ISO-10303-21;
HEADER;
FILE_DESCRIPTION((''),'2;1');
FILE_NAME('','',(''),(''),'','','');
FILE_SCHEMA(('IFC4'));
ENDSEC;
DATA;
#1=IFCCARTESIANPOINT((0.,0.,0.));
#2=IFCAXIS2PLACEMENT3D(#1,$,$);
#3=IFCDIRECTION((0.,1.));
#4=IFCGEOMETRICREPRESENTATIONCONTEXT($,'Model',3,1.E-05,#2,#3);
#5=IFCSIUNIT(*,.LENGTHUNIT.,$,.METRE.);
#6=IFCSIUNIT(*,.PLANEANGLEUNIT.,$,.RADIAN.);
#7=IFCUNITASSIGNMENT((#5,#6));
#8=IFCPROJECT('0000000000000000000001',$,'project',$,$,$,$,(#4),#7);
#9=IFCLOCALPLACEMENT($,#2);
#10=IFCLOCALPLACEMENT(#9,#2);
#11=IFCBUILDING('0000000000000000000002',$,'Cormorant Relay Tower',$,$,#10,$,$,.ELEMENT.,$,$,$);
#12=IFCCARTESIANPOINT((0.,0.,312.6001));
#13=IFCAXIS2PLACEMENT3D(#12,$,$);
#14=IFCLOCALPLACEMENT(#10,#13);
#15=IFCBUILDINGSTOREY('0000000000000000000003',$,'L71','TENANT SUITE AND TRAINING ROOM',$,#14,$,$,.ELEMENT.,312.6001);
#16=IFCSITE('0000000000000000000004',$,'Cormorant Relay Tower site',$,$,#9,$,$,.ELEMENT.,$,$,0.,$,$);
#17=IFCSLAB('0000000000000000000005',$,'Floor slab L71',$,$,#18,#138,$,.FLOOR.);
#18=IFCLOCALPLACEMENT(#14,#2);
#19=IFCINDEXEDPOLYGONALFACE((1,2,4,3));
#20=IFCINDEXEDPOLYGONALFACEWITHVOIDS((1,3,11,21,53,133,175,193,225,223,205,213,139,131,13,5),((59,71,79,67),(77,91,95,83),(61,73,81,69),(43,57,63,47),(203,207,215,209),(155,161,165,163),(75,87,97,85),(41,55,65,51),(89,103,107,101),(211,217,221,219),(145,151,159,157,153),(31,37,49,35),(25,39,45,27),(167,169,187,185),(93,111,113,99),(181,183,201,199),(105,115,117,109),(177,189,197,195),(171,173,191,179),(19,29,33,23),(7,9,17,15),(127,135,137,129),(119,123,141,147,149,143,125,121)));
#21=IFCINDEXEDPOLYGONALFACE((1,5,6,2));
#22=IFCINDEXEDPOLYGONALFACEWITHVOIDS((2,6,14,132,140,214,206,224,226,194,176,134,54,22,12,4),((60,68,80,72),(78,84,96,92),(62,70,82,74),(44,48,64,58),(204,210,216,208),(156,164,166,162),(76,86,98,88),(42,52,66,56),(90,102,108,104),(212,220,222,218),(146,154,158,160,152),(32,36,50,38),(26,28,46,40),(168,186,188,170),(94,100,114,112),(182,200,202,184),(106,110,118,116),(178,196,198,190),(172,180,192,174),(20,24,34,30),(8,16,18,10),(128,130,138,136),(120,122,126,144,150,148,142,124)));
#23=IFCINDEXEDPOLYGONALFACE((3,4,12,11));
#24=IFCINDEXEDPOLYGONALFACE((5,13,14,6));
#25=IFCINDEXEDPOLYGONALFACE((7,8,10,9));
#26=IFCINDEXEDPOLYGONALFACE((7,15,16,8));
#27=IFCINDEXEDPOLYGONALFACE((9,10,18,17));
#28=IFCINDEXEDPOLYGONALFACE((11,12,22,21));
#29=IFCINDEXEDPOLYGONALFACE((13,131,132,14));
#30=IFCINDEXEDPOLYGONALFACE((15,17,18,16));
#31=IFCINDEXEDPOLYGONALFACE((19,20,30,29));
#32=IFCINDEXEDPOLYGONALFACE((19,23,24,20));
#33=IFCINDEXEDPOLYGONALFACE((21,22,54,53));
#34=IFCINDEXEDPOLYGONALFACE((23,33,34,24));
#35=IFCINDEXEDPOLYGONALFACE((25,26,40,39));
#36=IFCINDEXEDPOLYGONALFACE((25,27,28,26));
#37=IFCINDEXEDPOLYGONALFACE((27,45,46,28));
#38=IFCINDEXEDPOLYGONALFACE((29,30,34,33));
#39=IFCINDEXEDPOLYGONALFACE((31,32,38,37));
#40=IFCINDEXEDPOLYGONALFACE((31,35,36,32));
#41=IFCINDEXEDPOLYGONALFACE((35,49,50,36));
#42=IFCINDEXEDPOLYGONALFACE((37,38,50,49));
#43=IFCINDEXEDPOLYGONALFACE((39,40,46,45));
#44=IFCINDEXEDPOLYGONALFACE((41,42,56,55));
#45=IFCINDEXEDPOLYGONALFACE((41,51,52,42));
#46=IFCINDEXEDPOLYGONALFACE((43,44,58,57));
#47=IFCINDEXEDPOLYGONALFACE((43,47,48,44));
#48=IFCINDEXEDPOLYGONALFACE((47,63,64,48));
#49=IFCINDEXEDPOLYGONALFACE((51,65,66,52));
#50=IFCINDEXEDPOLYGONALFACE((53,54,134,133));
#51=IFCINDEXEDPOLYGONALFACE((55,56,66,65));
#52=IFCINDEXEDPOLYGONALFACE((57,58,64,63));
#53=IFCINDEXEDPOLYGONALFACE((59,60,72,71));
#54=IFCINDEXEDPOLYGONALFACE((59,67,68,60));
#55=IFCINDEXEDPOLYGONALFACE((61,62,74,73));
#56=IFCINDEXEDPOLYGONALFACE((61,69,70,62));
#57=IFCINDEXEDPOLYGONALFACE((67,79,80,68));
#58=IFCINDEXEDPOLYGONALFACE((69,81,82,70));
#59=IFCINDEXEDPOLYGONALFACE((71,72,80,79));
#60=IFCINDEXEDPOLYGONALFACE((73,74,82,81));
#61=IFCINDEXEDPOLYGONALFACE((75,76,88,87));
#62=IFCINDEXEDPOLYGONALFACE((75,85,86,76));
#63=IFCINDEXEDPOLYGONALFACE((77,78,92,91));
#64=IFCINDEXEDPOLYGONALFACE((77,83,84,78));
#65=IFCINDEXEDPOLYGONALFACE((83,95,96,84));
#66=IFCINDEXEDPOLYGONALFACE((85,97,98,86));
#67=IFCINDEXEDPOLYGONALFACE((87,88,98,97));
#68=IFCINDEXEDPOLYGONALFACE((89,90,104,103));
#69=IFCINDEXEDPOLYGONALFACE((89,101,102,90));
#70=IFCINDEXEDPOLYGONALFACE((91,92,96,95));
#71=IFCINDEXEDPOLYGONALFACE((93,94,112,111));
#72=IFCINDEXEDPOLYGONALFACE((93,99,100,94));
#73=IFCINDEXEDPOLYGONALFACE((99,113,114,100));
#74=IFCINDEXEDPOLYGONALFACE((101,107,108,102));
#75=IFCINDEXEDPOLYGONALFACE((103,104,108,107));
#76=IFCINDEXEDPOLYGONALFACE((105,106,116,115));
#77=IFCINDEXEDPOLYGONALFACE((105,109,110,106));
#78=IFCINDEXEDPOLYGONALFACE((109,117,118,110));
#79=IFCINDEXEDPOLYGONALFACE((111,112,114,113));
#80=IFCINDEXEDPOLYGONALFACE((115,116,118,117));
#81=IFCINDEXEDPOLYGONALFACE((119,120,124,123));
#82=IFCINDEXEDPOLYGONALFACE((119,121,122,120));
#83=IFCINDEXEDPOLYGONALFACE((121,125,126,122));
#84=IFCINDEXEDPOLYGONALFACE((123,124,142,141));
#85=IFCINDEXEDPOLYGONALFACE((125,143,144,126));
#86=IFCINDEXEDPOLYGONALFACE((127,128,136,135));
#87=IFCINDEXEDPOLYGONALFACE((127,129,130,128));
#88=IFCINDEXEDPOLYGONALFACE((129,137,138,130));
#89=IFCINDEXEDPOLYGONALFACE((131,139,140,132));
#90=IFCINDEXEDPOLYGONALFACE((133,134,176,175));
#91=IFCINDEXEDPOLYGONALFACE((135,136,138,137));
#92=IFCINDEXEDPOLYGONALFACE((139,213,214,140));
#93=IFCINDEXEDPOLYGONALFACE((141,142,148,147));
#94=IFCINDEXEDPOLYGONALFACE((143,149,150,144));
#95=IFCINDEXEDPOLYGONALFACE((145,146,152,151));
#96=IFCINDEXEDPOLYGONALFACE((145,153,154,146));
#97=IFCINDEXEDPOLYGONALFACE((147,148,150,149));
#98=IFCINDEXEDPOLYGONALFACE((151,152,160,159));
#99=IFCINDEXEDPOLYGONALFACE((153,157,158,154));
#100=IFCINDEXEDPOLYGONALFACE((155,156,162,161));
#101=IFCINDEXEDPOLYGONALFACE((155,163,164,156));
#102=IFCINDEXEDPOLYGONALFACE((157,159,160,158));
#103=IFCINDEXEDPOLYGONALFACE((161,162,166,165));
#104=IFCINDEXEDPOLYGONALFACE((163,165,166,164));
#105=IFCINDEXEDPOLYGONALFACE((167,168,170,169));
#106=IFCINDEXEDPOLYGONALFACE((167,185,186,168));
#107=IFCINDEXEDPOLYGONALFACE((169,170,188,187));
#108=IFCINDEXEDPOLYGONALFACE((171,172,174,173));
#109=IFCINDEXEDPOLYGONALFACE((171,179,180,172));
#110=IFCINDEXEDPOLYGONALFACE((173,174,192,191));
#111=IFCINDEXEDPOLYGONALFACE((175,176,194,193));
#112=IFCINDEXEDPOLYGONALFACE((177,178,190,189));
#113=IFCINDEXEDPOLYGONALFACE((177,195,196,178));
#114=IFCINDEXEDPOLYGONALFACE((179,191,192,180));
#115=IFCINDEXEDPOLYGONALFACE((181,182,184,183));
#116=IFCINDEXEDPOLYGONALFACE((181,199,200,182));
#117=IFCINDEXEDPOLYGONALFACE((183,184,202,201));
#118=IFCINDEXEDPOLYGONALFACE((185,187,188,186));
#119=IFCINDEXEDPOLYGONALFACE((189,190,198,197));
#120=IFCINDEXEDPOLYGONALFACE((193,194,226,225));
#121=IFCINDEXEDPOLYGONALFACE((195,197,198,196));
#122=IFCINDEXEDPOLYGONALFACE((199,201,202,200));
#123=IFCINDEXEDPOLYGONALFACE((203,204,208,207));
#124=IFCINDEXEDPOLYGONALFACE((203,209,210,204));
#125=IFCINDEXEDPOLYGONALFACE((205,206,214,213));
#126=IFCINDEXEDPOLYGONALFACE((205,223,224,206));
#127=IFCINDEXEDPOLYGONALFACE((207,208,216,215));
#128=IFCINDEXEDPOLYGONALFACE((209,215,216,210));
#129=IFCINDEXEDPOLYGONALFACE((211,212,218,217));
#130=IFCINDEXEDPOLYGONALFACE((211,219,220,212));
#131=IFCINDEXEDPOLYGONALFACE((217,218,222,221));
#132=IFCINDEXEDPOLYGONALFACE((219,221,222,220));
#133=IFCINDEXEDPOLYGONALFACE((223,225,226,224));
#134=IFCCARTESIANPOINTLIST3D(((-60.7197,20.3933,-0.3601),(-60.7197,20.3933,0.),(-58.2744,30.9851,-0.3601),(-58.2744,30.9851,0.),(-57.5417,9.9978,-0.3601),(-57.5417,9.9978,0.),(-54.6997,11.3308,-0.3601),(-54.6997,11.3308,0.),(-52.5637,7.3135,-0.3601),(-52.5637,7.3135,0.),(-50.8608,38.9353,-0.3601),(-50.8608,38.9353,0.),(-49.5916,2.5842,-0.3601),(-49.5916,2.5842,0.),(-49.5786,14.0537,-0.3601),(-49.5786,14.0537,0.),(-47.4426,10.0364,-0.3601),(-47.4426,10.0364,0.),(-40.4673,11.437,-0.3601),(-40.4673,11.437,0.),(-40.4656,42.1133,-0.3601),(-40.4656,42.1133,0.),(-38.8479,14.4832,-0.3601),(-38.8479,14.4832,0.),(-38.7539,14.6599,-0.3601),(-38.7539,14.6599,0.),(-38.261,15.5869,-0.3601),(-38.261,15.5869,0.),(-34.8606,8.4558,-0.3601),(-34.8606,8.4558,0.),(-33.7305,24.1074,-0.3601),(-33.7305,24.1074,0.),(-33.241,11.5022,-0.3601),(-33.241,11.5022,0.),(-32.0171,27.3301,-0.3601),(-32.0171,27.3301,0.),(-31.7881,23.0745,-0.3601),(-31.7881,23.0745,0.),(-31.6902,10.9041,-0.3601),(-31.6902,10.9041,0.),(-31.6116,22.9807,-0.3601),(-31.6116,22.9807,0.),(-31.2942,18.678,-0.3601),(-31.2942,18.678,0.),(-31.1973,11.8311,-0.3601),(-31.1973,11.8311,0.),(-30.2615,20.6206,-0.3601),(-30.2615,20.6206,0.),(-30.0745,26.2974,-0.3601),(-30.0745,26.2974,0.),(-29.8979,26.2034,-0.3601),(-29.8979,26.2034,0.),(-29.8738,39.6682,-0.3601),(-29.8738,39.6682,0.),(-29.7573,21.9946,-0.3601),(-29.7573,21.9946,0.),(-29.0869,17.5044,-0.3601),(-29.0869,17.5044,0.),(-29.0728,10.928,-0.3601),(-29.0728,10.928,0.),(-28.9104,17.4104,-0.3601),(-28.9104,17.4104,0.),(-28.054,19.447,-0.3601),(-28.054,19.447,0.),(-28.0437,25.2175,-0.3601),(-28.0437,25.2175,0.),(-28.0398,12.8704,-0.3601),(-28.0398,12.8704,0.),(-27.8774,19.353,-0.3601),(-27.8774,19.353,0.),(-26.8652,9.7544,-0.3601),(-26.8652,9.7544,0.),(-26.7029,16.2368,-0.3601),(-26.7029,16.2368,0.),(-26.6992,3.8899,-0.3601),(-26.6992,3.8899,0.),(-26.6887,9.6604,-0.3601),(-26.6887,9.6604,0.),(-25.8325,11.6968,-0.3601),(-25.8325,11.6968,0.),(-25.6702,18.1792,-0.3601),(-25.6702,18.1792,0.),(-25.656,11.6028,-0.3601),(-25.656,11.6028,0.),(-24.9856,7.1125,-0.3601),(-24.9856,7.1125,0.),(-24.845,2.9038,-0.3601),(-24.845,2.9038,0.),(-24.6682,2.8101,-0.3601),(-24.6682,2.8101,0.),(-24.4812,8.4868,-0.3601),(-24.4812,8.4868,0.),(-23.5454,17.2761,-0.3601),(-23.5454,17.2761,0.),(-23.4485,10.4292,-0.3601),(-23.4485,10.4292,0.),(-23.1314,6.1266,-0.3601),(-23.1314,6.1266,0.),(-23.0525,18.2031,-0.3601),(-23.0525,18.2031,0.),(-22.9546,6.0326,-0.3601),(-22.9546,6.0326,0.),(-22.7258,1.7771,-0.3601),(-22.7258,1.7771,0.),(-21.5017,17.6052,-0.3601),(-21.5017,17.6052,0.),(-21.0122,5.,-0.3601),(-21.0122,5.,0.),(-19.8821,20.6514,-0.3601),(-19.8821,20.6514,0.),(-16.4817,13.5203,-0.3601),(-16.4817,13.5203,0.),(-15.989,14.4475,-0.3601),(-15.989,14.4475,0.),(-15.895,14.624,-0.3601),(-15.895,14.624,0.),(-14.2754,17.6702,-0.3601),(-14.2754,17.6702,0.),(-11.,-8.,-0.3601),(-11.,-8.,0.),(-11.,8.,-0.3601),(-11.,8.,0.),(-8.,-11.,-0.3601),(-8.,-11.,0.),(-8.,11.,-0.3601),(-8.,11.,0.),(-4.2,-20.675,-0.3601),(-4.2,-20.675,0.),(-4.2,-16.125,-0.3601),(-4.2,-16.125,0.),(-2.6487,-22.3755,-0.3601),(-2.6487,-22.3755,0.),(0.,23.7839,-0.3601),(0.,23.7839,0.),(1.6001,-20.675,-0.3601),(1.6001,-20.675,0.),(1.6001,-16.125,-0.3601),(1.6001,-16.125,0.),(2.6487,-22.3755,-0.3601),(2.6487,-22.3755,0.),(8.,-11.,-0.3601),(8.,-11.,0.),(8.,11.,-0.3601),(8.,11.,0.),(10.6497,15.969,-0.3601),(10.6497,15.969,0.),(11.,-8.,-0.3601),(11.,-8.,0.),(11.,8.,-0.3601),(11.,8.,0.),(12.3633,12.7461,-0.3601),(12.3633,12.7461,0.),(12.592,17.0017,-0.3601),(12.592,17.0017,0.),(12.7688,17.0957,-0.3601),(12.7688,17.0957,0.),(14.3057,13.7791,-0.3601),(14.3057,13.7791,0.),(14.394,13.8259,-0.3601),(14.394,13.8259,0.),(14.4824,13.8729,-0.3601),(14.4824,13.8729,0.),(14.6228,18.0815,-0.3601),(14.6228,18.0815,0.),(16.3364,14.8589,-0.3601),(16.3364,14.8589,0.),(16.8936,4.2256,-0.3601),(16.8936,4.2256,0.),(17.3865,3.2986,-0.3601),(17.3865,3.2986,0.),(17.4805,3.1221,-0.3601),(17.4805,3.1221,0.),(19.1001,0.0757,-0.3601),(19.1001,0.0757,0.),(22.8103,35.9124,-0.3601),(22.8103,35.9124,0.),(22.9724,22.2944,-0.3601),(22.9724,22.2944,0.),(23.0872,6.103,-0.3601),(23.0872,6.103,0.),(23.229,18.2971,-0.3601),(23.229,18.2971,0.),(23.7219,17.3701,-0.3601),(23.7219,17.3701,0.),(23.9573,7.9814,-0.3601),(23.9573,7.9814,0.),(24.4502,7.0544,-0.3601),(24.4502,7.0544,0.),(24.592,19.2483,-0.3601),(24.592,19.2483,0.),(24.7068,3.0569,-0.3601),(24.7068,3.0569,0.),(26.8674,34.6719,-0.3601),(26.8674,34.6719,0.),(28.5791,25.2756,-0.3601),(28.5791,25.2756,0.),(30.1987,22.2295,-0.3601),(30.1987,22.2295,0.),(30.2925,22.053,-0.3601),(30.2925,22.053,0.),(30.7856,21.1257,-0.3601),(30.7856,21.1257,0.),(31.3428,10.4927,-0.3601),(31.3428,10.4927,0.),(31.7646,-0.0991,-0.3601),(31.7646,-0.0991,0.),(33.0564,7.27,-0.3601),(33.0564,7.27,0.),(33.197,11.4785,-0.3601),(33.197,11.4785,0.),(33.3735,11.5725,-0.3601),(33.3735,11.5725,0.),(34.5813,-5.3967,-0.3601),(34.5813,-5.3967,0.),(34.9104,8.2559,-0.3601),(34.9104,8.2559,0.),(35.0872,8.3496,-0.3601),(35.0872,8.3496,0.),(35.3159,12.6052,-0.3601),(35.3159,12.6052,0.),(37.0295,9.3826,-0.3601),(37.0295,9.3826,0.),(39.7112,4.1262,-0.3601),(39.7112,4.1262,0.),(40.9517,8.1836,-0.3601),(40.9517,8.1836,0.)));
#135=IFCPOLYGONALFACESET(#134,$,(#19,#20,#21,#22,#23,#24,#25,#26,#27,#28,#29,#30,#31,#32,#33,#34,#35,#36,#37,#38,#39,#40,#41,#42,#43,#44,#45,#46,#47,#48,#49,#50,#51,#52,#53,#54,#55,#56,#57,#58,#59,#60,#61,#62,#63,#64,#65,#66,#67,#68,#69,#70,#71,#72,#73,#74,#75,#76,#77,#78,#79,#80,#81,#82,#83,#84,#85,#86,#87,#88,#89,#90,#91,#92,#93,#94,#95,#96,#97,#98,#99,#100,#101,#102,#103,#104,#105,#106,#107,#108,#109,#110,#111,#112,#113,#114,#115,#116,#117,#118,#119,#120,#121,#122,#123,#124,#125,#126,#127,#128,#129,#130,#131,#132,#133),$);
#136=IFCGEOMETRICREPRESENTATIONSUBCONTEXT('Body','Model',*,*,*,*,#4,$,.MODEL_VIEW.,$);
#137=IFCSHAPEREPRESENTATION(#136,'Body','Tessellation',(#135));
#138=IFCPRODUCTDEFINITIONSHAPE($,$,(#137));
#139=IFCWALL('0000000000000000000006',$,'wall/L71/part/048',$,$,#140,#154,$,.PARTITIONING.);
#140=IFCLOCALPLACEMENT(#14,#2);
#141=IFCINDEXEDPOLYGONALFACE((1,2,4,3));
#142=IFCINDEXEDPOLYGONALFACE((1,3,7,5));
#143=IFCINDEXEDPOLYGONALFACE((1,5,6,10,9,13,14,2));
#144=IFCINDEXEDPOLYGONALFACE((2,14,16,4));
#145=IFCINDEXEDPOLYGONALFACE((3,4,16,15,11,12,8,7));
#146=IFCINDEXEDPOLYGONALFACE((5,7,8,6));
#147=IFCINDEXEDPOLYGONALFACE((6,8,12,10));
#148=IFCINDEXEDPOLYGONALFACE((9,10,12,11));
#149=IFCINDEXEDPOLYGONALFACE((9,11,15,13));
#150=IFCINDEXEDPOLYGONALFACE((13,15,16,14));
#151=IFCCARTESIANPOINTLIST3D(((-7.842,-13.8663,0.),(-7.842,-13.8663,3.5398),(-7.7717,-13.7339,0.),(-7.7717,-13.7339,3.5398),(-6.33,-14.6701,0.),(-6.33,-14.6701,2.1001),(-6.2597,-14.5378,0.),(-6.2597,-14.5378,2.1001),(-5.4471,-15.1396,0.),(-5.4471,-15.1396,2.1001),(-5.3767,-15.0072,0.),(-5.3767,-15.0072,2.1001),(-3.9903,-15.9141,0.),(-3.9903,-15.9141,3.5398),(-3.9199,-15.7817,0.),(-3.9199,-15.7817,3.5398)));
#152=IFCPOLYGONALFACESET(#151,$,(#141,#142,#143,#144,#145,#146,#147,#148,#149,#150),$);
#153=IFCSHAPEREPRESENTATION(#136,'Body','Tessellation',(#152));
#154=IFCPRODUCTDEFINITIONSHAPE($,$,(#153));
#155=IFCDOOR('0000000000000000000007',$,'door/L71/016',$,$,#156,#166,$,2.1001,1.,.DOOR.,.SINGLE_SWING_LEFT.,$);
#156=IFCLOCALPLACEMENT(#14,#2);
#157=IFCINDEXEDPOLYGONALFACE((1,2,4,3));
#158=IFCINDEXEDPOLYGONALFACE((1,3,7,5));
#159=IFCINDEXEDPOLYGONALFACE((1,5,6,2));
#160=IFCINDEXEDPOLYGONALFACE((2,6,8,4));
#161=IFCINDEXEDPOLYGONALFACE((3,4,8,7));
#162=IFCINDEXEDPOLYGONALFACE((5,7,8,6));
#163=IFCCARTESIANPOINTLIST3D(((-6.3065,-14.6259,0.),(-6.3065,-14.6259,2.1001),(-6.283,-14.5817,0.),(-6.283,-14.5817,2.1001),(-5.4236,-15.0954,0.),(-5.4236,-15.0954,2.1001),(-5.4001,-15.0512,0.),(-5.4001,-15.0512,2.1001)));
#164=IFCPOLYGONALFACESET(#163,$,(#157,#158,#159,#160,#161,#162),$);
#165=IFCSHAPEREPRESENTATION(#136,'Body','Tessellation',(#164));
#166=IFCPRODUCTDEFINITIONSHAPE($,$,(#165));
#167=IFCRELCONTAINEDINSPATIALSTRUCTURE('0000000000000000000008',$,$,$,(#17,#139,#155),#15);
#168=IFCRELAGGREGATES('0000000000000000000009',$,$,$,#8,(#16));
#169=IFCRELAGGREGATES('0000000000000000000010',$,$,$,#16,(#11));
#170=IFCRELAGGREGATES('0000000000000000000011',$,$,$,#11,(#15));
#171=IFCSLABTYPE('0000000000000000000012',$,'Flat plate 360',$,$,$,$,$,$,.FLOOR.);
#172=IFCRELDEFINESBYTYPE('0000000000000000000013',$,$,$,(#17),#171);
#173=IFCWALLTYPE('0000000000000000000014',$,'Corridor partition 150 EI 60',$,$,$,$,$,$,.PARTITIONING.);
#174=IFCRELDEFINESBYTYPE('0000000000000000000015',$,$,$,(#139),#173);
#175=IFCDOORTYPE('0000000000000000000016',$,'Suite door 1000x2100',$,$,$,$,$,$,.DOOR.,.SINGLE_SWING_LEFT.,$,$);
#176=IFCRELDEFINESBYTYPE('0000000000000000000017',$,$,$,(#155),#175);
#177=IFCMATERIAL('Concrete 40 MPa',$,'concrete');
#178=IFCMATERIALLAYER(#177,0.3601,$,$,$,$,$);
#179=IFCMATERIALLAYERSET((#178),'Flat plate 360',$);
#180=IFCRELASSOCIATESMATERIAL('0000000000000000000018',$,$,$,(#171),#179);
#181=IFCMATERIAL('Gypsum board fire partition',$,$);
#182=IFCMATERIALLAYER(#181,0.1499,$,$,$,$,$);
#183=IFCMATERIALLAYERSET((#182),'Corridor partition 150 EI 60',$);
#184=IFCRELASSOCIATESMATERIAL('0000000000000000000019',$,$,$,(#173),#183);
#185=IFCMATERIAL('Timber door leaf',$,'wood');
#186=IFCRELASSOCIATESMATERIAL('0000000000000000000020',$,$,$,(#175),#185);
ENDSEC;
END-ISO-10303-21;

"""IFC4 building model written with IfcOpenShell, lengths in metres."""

from ifc_helpers import new_model, si_unit, direction, frame, frame_2d, origin, place, context, subcontext, project, spatial, polyline, rectangle, outline, extrude, material, layer, layer_set, type_object, element, fill, save


model = new_model("IFC4")

# Units and contexts
model_context = context("Model", 3, precision=1e-05, world=origin(), true_north=direction((0.0, 1.0)))
body_context = subcontext(model_context, "Body", "Model", "MODEL_VIEW")
ifc_project = project(units=[si_unit("LENGTHUNIT", "METRE"), si_unit("PLANEANGLEUNIT", "RADIAN")], contexts=[model_context])

# Site, building, storey
site_placement = place(None, origin())
site = spatial("IfcSite", under=ifc_project, at=site_placement, Name="Cormorant Relay Tower site", CompositionType="ELEMENT", RefElevation=0.0)
building_placement = place(site_placement, origin())
building = spatial("IfcBuilding", under=site, at=building_placement, Name="Cormorant Relay Tower", CompositionType="ELEMENT")
storey_placement = place(building_placement, frame((0.0, 0.0, 312.6001)))
storey = spatial("IfcBuildingStorey", under=building, at=storey_placement, Name="L71", Description="TENANT SUITE AND TRAINING ROOM", CompositionType="ELEMENT", Elevation=312.6001)

# Slab
ifc_material_1 = material(Name="Concrete 40 MPa", Category="concrete")
ifc_layer_1 = layer(ifc_material_1, 0.3601)
ifc_layer_set_1 = layer_set([ifc_layer_1], Name="Flat plate 360")
slab_type_1 = type_object("IfcSlabType", Name="Flat plate 360", PredefinedType="FLOOR", material=ifc_layer_set_1)
slab_1_placement = place(storey_placement, frame((0.0, 0.0, -0.3601)))
element("IfcSlab", 1, at=slab_1_placement, inside=storey, type_object=slab_type_1, Name="Floor slab L71", PredefinedType="FLOOR", context=body_context, shape_type="SweptSolid", body=[
    extrude(outline(polyline([(-60.7197, 20.3933), (-58.2744, 30.9851), (-50.8608, 38.9353), (-40.4656, 42.1133), (-29.8738, 39.6682), (0.0, 23.7839), (22.8103, 35.9124), (26.8674, 34.6719), (40.9517, 8.1836), (39.7112, 4.1262), (31.7646, -0.0991), (34.5813, -5.3967), (2.6487, -22.3755), (-2.6487, -22.3755), (-49.5916, 2.5842), (-57.5417, 9.9978), (-60.7197, 20.3933)]), holes=[polyline([(11.0, -8.0), (11.0, 8.0), (8.0, 11.0), (-8.0, 11.0), (-11.0, 8.0), (-11.0, -8.0), (-8.0, -11.0), (8.0, -11.0), (11.0, -8.0)]), polyline([(-22.9546, 6.0327), (-24.6682, 2.8101), (-22.7258, 1.7771), (-21.0122, 5.0), (-23.043, 6.0796), (-22.9546, 6.0327)]), polyline([(-24.9856, 7.1125), (-26.6992, 3.8899), (-24.845, 2.9038), (-23.1313, 6.1267), (-23.043, 6.0796), (-24.9856, 7.1125)]), polyline([(-24.4812, 8.4868), (-23.4485, 10.4292), (-25.656, 11.6028), (-26.6887, 9.6604), (-24.4812, 8.4868)]), polyline([(-49.5786, 14.0537), (-54.6997, 11.3308), (-52.5637, 7.3135), (-47.4426, 10.0364), (-49.5786, 14.0537)]), polyline([(-25.8325, 11.6968), (-28.0398, 12.8704), (-29.0728, 10.928), (-26.8652, 9.7544), (-25.8325, 11.6968)]), polyline([(-38.8479, 14.4832), (-40.4673, 11.437), (-34.8606, 8.4558), (-33.241, 11.5022), (-38.8479, 14.4832)]), polyline([(-38.261, 15.5869), (-38.7539, 14.6599), (-31.6902, 10.9041), (-31.1973, 11.8311), (-38.261, 15.5869)]), polyline([(-26.7029, 16.2368), (-25.6702, 18.1792), (-27.8774, 19.353), (-28.9104, 17.4104), (-26.7029, 16.2368)]), polyline([(-31.2942, 18.678), (-29.0869, 17.5044), (-28.054, 19.447), (-30.2615, 20.6206), (-31.2942, 18.678)]), polyline([(-31.6116, 22.9807), (-29.7573, 21.9946), (-28.0437, 25.2175), (-29.8979, 26.2034), (-31.6116, 22.9807)]), polyline([(-32.0171, 27.3301), (-33.7305, 24.1074), (-31.7881, 23.0745), (-30.0745, 26.2974), (-32.0171, 27.3301)]), polyline([(-4.2, -16.125), (-4.2, -20.675), (1.6001, -20.675), (1.6001, -16.125), (-4.2, -16.125)]), polyline([(17.4805, 3.1221), (19.1001, 0.0757), (24.7068, 3.0569), (23.0872, 6.103), (17.4805, 3.1221)]), polyline([(17.3865, 3.2986), (24.4502, 7.0544), (23.9573, 7.9814), (16.8936, 4.2256), (17.3865, 3.2986)]), polyline([(33.197, 11.4785), (31.3428, 10.4927), (33.0564, 7.27), (34.9104, 8.2559), (33.197, 11.4785)]), polyline([(33.3735, 11.5725), (35.0872, 8.3496), (37.0295, 9.3826), (35.3159, 12.6052), (33.3735, 11.5725)]), polyline([(14.3057, 13.7791), (12.592, 17.0017), (10.6497, 15.969), (12.3633, 12.7461), (14.394, 13.8259), (14.3057, 13.7791)]), polyline([(16.3364, 14.8589), (14.6228, 18.0815), (12.7688, 17.0957), (14.4824, 13.8728), (14.394, 13.8259), (16.3364, 14.8589)]), polyline([(-16.4817, 13.5203), (-15.989, 14.4475), (-23.0525, 18.2031), (-23.5454, 17.2761), (-16.4817, 13.5203)]), polyline([(-15.895, 14.624), (-14.2754, 17.6702), (-19.8821, 20.6514), (-21.5017, 17.6052), (-15.895, 14.624)]), polyline([(30.7856, 21.1257), (30.2925, 22.053), (23.229, 18.2971), (23.7219, 17.3701), (30.7856, 21.1257)]), polyline([(24.592, 19.2483), (30.1987, 22.2295), (28.5791, 25.2756), (22.9724, 22.2944), (24.592, 19.2483)])]), origin(), (0.0, 0.0, 1.0), 0.3601),
])

# Wall, opening, door
ifc_material_2 = material(Name="Gypsum board fire partition")
ifc_layer_2 = layer(ifc_material_2, 0.1499)
ifc_layer_set_2 = layer_set([ifc_layer_2], Name="Corridor partition 150 EI 60")
wall_type_1 = type_object("IfcWallType", Name="Corridor partition 150 EI 60", PredefinedType="PARTITIONING", material=ifc_layer_set_2)
wall_1_placement = place(storey_placement, frame((-3.9551, -15.8479, 0.0), z_axis=(0.0, 0.0, 1.0), x_axis=(-0.882966, 0.469438, 0.0)))
wall_1 = element("IfcWall", 2, at=wall_1_placement, inside=storey, type_object=wall_type_1, Name="wall/L71/part/048", PredefinedType="PARTITIONING", context=body_context, shape_type="SweptSolid", body=[
    extrude(rectangle(XDim=4.3623, YDim=0.1499, at=frame_2d((2.1812, 0.0))), origin(), (0.0, 0.0, 1.0), 3.5398),
])
opening_1_placement = place(wall_1_placement, frame((1.6499, 0.0, 0.0)))
opening_1 = element("IfcOpeningElement", 3, at=opening_1_placement, cuts=wall_1, PredefinedType="OPENING", context=body_context, shape_type="SweptSolid", body=[
    extrude(rectangle(XDim=1.0, YDim=2.1001, at=frame_2d((0.5, 1.05))), frame((0.0, 0.085, 0.0), z_axis=(0.0, -1.0, 0.0), x_axis=(1.0, 0.0, 0.0)), (0.0, 0.0, 1.0), 0.1699),
])
ifc_material_3 = material(Name="Timber door leaf", Category="wood")
door_type_1 = type_object("IfcDoorType", Name="Suite door 1000x2100", OperationType="SINGLE_SWING_LEFT", PredefinedType="DOOR", material=ifc_material_3)
door_1_placement = place(opening_1_placement, origin())
door_1 = element("IfcDoor", 4, at=door_1_placement, inside=storey, type_object=door_type_1, Name="door/L71/016", OperationType="SINGLE_SWING_LEFT", OverallHeight=2.1001, OverallWidth=1.0, PredefinedType="DOOR", context=body_context, shape_type="SweptSolid", body=[
    extrude(rectangle(XDim=1.0, YDim=2.1001, at=frame_2d((0.5, 1.05))), frame((0.0, 0.0249, 0.0), z_axis=(0.0, -1.0, 0.0), x_axis=(1.0, 0.0, 0.0)), (0.0, 0.0, 1.0), 0.05),
])
fill(opening_1, door_1)

save(model, "model.ifc")
